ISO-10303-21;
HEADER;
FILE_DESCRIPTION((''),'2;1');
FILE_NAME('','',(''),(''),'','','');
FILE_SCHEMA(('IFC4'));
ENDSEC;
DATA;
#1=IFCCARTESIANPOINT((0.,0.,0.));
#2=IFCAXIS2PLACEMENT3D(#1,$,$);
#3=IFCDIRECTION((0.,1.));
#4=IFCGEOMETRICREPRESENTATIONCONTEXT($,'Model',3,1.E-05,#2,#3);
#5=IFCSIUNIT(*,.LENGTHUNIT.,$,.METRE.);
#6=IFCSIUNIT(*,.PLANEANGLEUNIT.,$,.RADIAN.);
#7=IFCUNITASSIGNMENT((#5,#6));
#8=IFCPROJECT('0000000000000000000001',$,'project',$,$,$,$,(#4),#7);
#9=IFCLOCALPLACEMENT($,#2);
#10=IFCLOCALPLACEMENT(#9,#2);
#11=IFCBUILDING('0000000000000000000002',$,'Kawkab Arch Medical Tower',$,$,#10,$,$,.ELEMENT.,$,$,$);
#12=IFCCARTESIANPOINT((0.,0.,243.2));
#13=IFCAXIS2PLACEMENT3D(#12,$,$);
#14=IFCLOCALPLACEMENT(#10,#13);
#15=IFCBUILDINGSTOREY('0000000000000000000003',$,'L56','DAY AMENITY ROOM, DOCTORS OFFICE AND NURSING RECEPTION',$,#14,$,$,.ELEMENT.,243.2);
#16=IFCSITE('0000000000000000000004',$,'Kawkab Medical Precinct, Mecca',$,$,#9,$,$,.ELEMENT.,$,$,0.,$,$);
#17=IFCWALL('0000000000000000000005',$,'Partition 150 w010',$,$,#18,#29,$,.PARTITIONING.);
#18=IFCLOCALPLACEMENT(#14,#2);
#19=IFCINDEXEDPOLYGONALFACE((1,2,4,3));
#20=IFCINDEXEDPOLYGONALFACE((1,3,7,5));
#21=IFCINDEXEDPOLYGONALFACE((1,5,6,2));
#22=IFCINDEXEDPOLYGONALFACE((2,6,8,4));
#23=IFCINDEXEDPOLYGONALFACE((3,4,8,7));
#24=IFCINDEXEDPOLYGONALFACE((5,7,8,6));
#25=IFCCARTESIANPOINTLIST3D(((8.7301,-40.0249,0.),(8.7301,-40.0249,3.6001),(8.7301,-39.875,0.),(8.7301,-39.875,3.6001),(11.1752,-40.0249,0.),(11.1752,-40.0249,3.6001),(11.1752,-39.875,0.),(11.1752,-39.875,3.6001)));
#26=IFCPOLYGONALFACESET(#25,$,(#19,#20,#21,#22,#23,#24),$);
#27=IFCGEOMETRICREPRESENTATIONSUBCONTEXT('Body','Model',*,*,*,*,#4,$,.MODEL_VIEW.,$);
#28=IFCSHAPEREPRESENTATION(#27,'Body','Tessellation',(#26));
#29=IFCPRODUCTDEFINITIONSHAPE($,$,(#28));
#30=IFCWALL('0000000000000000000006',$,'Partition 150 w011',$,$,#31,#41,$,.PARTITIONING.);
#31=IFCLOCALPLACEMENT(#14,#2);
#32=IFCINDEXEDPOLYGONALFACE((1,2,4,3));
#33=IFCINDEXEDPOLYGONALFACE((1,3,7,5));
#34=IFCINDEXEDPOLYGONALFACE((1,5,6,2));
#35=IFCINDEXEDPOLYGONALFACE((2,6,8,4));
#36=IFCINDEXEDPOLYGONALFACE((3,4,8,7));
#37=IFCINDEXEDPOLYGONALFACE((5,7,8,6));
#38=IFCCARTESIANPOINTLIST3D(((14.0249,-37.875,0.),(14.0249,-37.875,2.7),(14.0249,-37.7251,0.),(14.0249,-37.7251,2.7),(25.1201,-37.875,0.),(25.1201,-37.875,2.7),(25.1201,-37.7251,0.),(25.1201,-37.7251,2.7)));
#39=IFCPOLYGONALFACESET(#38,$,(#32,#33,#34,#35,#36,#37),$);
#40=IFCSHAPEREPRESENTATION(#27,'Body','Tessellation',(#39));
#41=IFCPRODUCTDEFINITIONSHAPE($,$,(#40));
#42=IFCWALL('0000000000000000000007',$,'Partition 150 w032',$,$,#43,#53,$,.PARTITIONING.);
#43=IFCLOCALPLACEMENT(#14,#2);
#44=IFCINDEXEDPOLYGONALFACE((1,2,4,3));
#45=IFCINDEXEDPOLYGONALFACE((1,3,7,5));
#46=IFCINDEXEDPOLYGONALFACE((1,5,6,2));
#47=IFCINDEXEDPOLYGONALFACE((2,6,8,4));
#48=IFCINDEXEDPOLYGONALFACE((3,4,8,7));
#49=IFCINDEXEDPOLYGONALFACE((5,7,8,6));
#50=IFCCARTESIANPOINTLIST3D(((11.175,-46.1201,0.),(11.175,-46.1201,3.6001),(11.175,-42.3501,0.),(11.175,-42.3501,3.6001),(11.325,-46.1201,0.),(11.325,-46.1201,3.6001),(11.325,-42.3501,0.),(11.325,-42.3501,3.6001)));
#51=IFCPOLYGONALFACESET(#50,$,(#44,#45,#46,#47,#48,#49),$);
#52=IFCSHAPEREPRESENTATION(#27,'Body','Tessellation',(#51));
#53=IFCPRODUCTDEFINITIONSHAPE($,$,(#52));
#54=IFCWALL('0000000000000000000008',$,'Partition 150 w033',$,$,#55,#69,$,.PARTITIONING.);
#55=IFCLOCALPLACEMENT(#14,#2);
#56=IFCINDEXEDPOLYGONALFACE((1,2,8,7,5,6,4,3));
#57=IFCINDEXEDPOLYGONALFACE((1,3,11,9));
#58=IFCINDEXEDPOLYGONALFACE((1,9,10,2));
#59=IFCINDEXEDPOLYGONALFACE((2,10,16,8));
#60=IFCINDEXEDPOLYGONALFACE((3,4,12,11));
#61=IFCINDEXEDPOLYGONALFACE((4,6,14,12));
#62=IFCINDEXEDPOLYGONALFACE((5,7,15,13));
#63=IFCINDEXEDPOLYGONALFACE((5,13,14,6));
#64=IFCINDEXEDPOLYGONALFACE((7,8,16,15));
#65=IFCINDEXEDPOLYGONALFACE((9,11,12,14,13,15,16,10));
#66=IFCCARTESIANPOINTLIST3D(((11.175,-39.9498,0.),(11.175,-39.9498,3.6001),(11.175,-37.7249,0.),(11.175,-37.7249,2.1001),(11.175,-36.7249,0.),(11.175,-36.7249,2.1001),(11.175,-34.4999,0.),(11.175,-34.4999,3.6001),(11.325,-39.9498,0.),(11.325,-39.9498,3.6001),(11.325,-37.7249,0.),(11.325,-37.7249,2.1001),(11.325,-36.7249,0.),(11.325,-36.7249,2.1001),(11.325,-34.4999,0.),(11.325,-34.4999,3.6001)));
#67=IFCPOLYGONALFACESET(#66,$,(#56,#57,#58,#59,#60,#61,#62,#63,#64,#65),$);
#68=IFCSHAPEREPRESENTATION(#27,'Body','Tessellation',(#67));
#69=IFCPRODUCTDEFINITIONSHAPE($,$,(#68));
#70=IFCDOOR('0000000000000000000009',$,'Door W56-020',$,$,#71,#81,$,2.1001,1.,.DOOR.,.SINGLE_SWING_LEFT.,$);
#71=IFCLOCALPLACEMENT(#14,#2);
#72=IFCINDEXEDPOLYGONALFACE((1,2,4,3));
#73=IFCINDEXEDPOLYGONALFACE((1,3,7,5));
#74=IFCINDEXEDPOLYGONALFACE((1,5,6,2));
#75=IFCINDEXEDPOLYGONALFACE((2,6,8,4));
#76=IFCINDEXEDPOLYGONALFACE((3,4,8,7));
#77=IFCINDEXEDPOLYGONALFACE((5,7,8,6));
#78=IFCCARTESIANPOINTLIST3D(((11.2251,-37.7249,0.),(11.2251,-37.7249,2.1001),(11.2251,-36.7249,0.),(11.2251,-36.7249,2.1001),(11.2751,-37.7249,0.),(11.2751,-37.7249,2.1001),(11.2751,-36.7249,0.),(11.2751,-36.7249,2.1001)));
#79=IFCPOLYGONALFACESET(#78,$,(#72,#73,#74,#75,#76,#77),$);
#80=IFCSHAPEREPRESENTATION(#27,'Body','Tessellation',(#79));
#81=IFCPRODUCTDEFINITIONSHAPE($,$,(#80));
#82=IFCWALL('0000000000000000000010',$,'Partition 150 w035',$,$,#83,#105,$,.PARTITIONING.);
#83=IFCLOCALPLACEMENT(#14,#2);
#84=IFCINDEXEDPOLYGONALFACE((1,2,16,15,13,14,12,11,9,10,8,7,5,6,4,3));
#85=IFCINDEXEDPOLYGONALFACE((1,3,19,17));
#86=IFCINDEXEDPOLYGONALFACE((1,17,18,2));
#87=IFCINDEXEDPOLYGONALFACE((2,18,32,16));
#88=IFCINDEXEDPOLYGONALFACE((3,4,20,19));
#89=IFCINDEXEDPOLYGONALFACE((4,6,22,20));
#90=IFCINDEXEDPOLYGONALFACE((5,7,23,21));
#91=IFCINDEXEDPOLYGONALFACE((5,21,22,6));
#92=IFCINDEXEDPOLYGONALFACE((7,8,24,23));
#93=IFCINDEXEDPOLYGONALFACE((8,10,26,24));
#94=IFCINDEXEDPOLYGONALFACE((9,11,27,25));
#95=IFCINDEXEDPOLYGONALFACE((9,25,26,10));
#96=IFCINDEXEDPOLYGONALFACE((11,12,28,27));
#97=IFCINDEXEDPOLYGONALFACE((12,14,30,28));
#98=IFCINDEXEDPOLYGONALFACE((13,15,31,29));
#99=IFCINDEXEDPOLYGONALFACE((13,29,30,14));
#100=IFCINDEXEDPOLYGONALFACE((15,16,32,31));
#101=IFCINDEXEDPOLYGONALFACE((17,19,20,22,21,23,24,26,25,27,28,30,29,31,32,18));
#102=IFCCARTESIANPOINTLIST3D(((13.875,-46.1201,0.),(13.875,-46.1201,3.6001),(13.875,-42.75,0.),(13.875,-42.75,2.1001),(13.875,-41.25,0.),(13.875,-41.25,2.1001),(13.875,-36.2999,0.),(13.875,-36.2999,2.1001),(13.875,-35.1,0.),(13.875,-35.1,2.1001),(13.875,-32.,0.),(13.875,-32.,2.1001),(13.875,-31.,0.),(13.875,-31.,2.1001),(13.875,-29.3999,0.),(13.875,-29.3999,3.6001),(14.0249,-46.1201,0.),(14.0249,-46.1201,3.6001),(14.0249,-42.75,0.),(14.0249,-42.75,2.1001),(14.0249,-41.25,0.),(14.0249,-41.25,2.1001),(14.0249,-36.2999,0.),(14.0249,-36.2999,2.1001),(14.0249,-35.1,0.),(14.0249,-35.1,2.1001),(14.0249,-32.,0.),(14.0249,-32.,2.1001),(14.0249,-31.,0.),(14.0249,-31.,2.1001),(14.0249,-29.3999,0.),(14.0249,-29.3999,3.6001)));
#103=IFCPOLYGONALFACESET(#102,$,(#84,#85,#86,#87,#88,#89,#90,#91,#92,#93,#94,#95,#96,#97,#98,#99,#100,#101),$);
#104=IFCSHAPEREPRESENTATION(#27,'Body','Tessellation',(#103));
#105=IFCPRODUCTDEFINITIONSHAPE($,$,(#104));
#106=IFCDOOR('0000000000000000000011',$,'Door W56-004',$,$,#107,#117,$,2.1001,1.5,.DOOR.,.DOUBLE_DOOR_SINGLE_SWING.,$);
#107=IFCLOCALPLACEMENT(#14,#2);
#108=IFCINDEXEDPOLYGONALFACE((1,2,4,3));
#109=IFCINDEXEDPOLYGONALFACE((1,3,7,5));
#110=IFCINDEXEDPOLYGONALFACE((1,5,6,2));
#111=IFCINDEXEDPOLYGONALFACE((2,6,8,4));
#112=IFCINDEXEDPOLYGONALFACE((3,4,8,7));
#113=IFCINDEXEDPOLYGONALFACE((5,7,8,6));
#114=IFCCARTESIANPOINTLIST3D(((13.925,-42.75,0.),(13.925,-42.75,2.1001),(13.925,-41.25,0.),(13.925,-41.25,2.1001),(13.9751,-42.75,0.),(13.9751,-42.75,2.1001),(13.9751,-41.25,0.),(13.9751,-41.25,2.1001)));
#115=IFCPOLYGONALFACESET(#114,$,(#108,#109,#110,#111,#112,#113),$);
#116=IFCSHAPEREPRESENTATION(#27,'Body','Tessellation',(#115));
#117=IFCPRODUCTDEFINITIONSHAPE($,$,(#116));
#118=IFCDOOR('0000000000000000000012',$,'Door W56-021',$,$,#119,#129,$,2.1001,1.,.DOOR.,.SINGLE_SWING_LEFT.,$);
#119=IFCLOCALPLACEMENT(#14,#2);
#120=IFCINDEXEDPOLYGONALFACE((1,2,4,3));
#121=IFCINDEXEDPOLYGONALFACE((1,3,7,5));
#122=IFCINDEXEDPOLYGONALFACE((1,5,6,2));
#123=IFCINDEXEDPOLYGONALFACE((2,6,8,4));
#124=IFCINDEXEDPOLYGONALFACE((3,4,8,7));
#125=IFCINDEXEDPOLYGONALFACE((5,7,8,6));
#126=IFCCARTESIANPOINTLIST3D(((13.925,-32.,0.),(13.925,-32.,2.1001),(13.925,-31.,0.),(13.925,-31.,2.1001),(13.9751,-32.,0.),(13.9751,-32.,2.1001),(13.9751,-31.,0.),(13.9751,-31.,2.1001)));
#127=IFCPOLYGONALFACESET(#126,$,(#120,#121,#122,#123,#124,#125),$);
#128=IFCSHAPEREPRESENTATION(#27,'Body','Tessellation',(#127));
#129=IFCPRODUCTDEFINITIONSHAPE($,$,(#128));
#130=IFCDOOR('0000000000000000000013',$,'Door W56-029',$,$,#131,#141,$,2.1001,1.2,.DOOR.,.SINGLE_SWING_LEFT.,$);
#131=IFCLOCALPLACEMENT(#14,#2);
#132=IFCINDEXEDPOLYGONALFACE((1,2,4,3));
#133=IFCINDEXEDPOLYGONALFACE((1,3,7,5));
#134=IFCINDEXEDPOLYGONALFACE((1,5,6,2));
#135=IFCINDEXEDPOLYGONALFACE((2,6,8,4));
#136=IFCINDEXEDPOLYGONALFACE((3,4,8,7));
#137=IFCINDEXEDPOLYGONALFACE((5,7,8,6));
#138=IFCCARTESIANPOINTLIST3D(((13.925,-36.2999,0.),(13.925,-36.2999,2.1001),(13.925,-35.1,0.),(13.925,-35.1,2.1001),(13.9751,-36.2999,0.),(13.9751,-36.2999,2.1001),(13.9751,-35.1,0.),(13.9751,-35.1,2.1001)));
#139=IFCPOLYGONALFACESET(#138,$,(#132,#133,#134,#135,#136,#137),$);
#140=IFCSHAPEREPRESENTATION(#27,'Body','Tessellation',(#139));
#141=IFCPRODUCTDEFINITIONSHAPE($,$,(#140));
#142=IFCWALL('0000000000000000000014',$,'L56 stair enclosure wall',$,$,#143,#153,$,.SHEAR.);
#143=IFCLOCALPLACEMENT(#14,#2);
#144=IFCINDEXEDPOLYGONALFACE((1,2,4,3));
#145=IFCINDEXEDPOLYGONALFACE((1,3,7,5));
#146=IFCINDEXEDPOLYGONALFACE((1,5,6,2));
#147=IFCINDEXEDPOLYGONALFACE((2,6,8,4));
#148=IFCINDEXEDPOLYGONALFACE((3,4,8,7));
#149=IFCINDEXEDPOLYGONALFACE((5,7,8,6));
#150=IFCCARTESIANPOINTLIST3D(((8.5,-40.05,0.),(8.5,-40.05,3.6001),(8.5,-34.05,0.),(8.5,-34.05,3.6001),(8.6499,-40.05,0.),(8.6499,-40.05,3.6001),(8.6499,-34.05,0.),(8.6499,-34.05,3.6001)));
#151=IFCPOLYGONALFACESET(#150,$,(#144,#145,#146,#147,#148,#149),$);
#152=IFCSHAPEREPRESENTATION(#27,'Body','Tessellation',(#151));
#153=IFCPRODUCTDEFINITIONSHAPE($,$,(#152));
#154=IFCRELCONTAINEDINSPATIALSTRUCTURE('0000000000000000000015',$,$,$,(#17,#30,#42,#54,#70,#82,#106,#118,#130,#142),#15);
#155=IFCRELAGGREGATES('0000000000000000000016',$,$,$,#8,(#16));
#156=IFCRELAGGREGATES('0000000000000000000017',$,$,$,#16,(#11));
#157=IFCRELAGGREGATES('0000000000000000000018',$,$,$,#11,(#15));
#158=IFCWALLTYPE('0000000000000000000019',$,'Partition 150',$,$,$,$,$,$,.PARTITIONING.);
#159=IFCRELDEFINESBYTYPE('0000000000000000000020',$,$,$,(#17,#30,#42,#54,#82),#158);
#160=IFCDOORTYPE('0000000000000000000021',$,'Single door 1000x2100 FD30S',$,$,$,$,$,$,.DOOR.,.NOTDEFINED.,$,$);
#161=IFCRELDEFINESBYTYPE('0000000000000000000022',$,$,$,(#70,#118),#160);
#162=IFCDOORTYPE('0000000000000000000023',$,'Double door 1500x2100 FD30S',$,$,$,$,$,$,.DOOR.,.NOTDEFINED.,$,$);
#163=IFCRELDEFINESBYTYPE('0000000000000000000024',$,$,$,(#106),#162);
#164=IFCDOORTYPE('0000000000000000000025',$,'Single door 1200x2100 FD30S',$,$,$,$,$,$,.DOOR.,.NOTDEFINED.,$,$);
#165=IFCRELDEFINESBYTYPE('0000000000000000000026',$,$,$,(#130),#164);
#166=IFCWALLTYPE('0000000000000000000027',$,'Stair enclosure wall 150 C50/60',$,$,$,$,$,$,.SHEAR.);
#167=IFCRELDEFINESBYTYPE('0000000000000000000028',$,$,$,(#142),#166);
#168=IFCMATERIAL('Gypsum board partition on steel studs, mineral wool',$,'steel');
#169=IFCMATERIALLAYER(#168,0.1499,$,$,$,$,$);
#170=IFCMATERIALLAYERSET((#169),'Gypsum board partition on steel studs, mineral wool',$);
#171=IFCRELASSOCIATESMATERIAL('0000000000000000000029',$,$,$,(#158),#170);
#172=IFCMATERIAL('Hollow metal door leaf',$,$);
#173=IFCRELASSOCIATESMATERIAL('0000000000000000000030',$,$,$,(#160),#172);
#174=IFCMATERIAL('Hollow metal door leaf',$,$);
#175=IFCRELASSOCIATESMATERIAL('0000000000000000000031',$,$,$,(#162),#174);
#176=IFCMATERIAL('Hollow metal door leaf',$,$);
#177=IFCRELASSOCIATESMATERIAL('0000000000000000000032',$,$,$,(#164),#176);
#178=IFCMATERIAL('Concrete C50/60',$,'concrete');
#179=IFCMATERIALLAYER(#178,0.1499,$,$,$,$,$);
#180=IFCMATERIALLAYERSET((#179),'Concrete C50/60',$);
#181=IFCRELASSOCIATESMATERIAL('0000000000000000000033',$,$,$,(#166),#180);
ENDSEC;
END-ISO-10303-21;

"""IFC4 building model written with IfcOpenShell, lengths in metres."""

from ifc_helpers import new_model, si_unit, direction, frame, frame_2d, origin, place, context, subcontext, project, spatial, rectangle, extrude, material, layer, layer_set, type_object, element, fill, save


model = new_model("IFC4")

# Units and contexts
model_context = context("Model", 3, precision=1e-05, world=origin(), true_north=direction((0.0, 1.0)))
body_context = subcontext(model_context, "Body", "Model", "MODEL_VIEW")
ifc_project = project(units=[si_unit("LENGTHUNIT", "METRE"), si_unit("PLANEANGLEUNIT", "RADIAN")], contexts=[model_context])

# Site, building, storey
site_placement = place(None, origin())
site = spatial("IfcSite", under=ifc_project, at=site_placement, Name="Kawkab Medical Precinct, Mecca", CompositionType="ELEMENT", RefElevation=0.0)
building_placement = place(site_placement, origin())
building = spatial("IfcBuilding", under=site, at=building_placement, Name="Kawkab Arch Medical Tower", CompositionType="ELEMENT")
storey_placement = place(building_placement, frame((0.0, 0.0, 243.2)))
storey = spatial("IfcBuildingStorey", under=building, at=storey_placement, Name="L56", Description="DAY AMENITY ROOM, DOCTORS OFFICE AND NURSING RECEPTION", CompositionType="ELEMENT", Elevation=243.2)

# Walls
ifc_material_1 = material(Name="Gypsum board partition on steel studs, mineral wool", Category="steel")
ifc_layer_1 = layer(ifc_material_1, 0.1499)
ifc_layer_set_1 = layer_set([ifc_layer_1], Name="Gypsum board partition on steel studs, mineral wool")
wall_type_1 = type_object("IfcWallType", Name="Partition 150", PredefinedType="PARTITIONING", material=ifc_layer_set_1)
wall_1_placement = place(storey_placement, frame((8.73, -39.95, 0.0), z_axis=(0.0, 0.0, 1.0), x_axis=(1.0, 0.0, 0.0)))
element("IfcWall", 1, at=wall_1_placement, inside=storey, type_object=wall_type_1, Name="Partition 150 w010", PredefinedType="PARTITIONING", context=body_context, shape_type="SweptSolid", body=[
    extrude(rectangle(XDim=2.4451, YDim=0.1499, at=frame_2d((1.2227, 0.0))), origin(), (0.0, 0.0, 1.0), 3.6001),
])
wall_2_placement = place(storey_placement, frame((14.0249, -37.8, 0.0), z_axis=(0.0, 0.0, 1.0), x_axis=(1.0, 0.0, 0.0)))
element("IfcWall", 2, at=wall_2_placement, inside=storey, type_object=wall_type_1, Name="Partition 150 w011", PredefinedType="PARTITIONING", context=body_context, shape_type="SweptSolid", body=[
    extrude(rectangle(XDim=11.0952, YDim=0.1499, at=frame_2d((5.5476, 0.0))), origin(), (0.0, 0.0, 1.0), 2.7),
])
wall_3_placement = place(storey_placement, frame((11.25, -46.1201, 0.0), z_axis=(0.0, 0.0, 1.0), x_axis=(0.0, 1.0, 0.0)))
element("IfcWall", 3, at=wall_3_placement, inside=storey, type_object=wall_type_1, Name="Partition 150 w032", PredefinedType="PARTITIONING", context=body_context, shape_type="SweptSolid", body=[
    extrude(rectangle(XDim=3.77, YDim=0.1499, at=frame_2d((1.885, 0.0))), origin(), (0.0, 0.0, 1.0), 3.6001),
])

# Wall, opening, door
wall_4_placement = place(storey_placement, frame((11.25, -39.95, 0.0), z_axis=(0.0, 0.0, 1.0), x_axis=(0.0, 1.0, 0.0)))
wall_4 = element("IfcWall", 4, at=wall_4_placement, inside=storey, type_object=wall_type_1, Name="Partition 150 w033", PredefinedType="PARTITIONING", context=body_context, shape_type="SweptSolid", body=[
    extrude(rectangle(XDim=5.45, YDim=0.1499, at=frame_2d((2.7251, 0.0))), origin(), (0.0, 0.0, 1.0), 3.6001),
])
opening_1_placement = place(wall_4_placement, frame((2.2251, 0.0, 0.0)))
opening_1 = element("IfcOpeningElement", 5, at=opening_1_placement, cuts=wall_4, PredefinedType="OPENING", context=body_context, shape_type="SweptSolid", body=[
    extrude(rectangle(XDim=1.0, YDim=2.1001, at=frame_2d((0.5, 1.05))), frame((0.0, 0.085, 0.0), z_axis=(0.0, -1.0, 0.0), x_axis=(1.0, 0.0, 0.0)), (0.0, 0.0, 1.0), 0.1699),
])
ifc_material_2 = material(Name="Hollow metal door leaf")
door_type_1 = type_object("IfcDoorType", Name="Single door 1000x2100 FD30S", OperationType="NOTDEFINED", PredefinedType="DOOR", material=ifc_material_2)
door_1_placement = place(opening_1_placement, origin())
door_1 = element("IfcDoor", 6, at=door_1_placement, inside=storey, type_object=door_type_1, Name="Door W56-020", OperationType="SINGLE_SWING_LEFT", OverallHeight=2.1001, OverallWidth=1.0, PredefinedType="DOOR", context=body_context, shape_type="SweptSolid", body=[
    extrude(rectangle(XDim=1.0, YDim=2.1001, at=frame_2d((0.5, 1.05))), frame((0.0, 0.0249, 0.0), z_axis=(0.0, -1.0, 0.0), x_axis=(1.0, 0.0, 0.0)), (0.0, 0.0, 1.0), 0.05),
])
fill(opening_1, door_1)

# Wall, openings, doors
wall_5_placement = place(storey_placement, frame((13.95, -46.1201, 0.0), z_axis=(0.0, 0.0, 1.0), x_axis=(0.0, 1.0, 0.0)))
wall_5 = element("IfcWall", 7, at=wall_5_placement, inside=storey, type_object=wall_type_1, Name="Partition 150 w035", PredefinedType="PARTITIONING", context=body_context, shape_type="SweptSolid", body=[
    extrude(rectangle(XDim=16.7202, YDim=0.1499, at=frame_2d((8.3601, 0.0))), origin(), (0.0, 0.0, 1.0), 3.6001),
])
opening_2_placement = place(wall_5_placement, frame((14.1201, 0.0, 0.0)))
opening_2 = element("IfcOpeningElement", 8, at=opening_2_placement, cuts=wall_5, PredefinedType="OPENING", context=body_context, shape_type="SweptSolid", body=[
    extrude(rectangle(XDim=1.0, YDim=2.1001, at=frame_2d((0.5, 1.05))), frame((0.0, 0.085, 0.0), z_axis=(0.0, -1.0, 0.0), x_axis=(1.0, 0.0, 0.0)), (0.0, 0.0, 1.0), 0.1699),
])
opening_3_placement = place(wall_5_placement, frame((9.8201, 0.0, 0.0)))
opening_3 = element("IfcOpeningElement", 9, at=opening_3_placement, cuts=wall_5, PredefinedType="OPENING", context=body_context, shape_type="SweptSolid", body=[
    extrude(rectangle(XDim=1.2, YDim=2.1001, at=frame_2d((0.6001, 1.05))), frame((0.0, 0.085, 0.0), z_axis=(0.0, -1.0, 0.0), x_axis=(1.0, 0.0, 0.0)), (0.0, 0.0, 1.0), 0.1699),
])
opening_4_placement = place(wall_5_placement, frame((3.3701, 0.0, 0.0)))
opening_4 = element("IfcOpeningElement", 10, at=opening_4_placement, cuts=wall_5, PredefinedType="OPENING", context=body_context, shape_type="SweptSolid", body=[
    extrude(rectangle(XDim=1.5, YDim=2.1001, at=frame_2d((0.75, 1.05))), frame((0.0, 0.085, 0.0), z_axis=(0.0, -1.0, 0.0), x_axis=(1.0, 0.0, 0.0)), (0.0, 0.0, 1.0), 0.1699),
])
ifc_material_3 = material(Name="Hollow metal door leaf")
door_type_2 = type_object("IfcDoorType", Name="Double door 1500x2100 FD30S", OperationType="NOTDEFINED", PredefinedType="DOOR", material=ifc_material_3)
door_2_placement = place(opening_4_placement, origin())
door_2 = element("IfcDoor", 11, at=door_2_placement, inside=storey, type_object=door_type_2, Name="Door W56-004", OperationType="DOUBLE_DOOR_SINGLE_SWING", OverallHeight=2.1001, OverallWidth=1.5, PredefinedType="DOOR", context=body_context, shape_type="SweptSolid", body=[
    extrude(rectangle(XDim=1.5, YDim=2.1001, at=frame_2d((0.75, 1.05))), frame((0.0, 0.0249, 0.0), z_axis=(0.0, -1.0, 0.0), x_axis=(1.0, 0.0, 0.0)), (0.0, 0.0, 1.0), 0.05),
])
fill(opening_4, door_2)
door_3_placement = place(opening_2_placement, origin())
door_3 = element("IfcDoor", 12, at=door_3_placement, inside=storey, type_object=door_type_1, Name="Door W56-021", OperationType="SINGLE_SWING_LEFT", OverallHeight=2.1001, OverallWidth=1.0, PredefinedType="DOOR", context=body_context, shape_type="SweptSolid", body=[
    extrude(rectangle(XDim=1.0, YDim=2.1001, at=frame_2d((0.5, 1.05))), frame((0.0, 0.0249, 0.0), z_axis=(0.0, -1.0, 0.0), x_axis=(1.0, 0.0, 0.0)), (0.0, 0.0, 1.0), 0.05),
])
fill(opening_2, door_3)
ifc_material_4 = material(Name="Hollow metal door leaf")
door_type_3 = type_object("IfcDoorType", Name="Single door 1200x2100 FD30S", OperationType="NOTDEFINED", PredefinedType="DOOR", material=ifc_material_4)
door_4_placement = place(opening_3_placement, origin())
door_4 = element("IfcDoor", 13, at=door_4_placement, inside=storey, type_object=door_type_3, Name="Door W56-029", OperationType="SINGLE_SWING_LEFT", OverallHeight=2.1001, OverallWidth=1.2, PredefinedType="DOOR", context=body_context, shape_type="SweptSolid", body=[
    extrude(rectangle(XDim=1.2, YDim=2.1001, at=frame_2d((0.6001, 1.05))), frame((0.0, 0.0249, 0.0), z_axis=(0.0, -1.0, 0.0), x_axis=(1.0, 0.0, 0.0)), (0.0, 0.0, 1.0), 0.05),
])
fill(opening_3, door_4)

# Wall
ifc_material_5 = material(Name="Concrete C50/60", Category="concrete")
ifc_layer_2 = layer(ifc_material_5, 0.1499)
ifc_layer_set_2 = layer_set([ifc_layer_2], Name="Concrete C50/60")
wall_type_2 = type_object("IfcWallType", Name="Stair enclosure wall 150 C50/60", PredefinedType="SHEAR", material=ifc_layer_set_2)
wall_6_placement = place(storey_placement, frame((8.575, -40.05, 0.0), z_axis=(0.0, 0.0, 1.0), x_axis=(0.0, 1.0, 0.0)))
element("IfcWall", 14, at=wall_6_placement, inside=storey, type_object=wall_type_2, Name="L56 stair enclosure wall", PredefinedType="SHEAR", context=body_context, shape_type="SweptSolid", body=[
    extrude(rectangle(XDim=6.0, YDim=0.1499, at=frame_2d((3.0, 0.0))), origin(), (0.0, 0.0, 1.0), 3.6001),
])

save(model, "model.ifc")
